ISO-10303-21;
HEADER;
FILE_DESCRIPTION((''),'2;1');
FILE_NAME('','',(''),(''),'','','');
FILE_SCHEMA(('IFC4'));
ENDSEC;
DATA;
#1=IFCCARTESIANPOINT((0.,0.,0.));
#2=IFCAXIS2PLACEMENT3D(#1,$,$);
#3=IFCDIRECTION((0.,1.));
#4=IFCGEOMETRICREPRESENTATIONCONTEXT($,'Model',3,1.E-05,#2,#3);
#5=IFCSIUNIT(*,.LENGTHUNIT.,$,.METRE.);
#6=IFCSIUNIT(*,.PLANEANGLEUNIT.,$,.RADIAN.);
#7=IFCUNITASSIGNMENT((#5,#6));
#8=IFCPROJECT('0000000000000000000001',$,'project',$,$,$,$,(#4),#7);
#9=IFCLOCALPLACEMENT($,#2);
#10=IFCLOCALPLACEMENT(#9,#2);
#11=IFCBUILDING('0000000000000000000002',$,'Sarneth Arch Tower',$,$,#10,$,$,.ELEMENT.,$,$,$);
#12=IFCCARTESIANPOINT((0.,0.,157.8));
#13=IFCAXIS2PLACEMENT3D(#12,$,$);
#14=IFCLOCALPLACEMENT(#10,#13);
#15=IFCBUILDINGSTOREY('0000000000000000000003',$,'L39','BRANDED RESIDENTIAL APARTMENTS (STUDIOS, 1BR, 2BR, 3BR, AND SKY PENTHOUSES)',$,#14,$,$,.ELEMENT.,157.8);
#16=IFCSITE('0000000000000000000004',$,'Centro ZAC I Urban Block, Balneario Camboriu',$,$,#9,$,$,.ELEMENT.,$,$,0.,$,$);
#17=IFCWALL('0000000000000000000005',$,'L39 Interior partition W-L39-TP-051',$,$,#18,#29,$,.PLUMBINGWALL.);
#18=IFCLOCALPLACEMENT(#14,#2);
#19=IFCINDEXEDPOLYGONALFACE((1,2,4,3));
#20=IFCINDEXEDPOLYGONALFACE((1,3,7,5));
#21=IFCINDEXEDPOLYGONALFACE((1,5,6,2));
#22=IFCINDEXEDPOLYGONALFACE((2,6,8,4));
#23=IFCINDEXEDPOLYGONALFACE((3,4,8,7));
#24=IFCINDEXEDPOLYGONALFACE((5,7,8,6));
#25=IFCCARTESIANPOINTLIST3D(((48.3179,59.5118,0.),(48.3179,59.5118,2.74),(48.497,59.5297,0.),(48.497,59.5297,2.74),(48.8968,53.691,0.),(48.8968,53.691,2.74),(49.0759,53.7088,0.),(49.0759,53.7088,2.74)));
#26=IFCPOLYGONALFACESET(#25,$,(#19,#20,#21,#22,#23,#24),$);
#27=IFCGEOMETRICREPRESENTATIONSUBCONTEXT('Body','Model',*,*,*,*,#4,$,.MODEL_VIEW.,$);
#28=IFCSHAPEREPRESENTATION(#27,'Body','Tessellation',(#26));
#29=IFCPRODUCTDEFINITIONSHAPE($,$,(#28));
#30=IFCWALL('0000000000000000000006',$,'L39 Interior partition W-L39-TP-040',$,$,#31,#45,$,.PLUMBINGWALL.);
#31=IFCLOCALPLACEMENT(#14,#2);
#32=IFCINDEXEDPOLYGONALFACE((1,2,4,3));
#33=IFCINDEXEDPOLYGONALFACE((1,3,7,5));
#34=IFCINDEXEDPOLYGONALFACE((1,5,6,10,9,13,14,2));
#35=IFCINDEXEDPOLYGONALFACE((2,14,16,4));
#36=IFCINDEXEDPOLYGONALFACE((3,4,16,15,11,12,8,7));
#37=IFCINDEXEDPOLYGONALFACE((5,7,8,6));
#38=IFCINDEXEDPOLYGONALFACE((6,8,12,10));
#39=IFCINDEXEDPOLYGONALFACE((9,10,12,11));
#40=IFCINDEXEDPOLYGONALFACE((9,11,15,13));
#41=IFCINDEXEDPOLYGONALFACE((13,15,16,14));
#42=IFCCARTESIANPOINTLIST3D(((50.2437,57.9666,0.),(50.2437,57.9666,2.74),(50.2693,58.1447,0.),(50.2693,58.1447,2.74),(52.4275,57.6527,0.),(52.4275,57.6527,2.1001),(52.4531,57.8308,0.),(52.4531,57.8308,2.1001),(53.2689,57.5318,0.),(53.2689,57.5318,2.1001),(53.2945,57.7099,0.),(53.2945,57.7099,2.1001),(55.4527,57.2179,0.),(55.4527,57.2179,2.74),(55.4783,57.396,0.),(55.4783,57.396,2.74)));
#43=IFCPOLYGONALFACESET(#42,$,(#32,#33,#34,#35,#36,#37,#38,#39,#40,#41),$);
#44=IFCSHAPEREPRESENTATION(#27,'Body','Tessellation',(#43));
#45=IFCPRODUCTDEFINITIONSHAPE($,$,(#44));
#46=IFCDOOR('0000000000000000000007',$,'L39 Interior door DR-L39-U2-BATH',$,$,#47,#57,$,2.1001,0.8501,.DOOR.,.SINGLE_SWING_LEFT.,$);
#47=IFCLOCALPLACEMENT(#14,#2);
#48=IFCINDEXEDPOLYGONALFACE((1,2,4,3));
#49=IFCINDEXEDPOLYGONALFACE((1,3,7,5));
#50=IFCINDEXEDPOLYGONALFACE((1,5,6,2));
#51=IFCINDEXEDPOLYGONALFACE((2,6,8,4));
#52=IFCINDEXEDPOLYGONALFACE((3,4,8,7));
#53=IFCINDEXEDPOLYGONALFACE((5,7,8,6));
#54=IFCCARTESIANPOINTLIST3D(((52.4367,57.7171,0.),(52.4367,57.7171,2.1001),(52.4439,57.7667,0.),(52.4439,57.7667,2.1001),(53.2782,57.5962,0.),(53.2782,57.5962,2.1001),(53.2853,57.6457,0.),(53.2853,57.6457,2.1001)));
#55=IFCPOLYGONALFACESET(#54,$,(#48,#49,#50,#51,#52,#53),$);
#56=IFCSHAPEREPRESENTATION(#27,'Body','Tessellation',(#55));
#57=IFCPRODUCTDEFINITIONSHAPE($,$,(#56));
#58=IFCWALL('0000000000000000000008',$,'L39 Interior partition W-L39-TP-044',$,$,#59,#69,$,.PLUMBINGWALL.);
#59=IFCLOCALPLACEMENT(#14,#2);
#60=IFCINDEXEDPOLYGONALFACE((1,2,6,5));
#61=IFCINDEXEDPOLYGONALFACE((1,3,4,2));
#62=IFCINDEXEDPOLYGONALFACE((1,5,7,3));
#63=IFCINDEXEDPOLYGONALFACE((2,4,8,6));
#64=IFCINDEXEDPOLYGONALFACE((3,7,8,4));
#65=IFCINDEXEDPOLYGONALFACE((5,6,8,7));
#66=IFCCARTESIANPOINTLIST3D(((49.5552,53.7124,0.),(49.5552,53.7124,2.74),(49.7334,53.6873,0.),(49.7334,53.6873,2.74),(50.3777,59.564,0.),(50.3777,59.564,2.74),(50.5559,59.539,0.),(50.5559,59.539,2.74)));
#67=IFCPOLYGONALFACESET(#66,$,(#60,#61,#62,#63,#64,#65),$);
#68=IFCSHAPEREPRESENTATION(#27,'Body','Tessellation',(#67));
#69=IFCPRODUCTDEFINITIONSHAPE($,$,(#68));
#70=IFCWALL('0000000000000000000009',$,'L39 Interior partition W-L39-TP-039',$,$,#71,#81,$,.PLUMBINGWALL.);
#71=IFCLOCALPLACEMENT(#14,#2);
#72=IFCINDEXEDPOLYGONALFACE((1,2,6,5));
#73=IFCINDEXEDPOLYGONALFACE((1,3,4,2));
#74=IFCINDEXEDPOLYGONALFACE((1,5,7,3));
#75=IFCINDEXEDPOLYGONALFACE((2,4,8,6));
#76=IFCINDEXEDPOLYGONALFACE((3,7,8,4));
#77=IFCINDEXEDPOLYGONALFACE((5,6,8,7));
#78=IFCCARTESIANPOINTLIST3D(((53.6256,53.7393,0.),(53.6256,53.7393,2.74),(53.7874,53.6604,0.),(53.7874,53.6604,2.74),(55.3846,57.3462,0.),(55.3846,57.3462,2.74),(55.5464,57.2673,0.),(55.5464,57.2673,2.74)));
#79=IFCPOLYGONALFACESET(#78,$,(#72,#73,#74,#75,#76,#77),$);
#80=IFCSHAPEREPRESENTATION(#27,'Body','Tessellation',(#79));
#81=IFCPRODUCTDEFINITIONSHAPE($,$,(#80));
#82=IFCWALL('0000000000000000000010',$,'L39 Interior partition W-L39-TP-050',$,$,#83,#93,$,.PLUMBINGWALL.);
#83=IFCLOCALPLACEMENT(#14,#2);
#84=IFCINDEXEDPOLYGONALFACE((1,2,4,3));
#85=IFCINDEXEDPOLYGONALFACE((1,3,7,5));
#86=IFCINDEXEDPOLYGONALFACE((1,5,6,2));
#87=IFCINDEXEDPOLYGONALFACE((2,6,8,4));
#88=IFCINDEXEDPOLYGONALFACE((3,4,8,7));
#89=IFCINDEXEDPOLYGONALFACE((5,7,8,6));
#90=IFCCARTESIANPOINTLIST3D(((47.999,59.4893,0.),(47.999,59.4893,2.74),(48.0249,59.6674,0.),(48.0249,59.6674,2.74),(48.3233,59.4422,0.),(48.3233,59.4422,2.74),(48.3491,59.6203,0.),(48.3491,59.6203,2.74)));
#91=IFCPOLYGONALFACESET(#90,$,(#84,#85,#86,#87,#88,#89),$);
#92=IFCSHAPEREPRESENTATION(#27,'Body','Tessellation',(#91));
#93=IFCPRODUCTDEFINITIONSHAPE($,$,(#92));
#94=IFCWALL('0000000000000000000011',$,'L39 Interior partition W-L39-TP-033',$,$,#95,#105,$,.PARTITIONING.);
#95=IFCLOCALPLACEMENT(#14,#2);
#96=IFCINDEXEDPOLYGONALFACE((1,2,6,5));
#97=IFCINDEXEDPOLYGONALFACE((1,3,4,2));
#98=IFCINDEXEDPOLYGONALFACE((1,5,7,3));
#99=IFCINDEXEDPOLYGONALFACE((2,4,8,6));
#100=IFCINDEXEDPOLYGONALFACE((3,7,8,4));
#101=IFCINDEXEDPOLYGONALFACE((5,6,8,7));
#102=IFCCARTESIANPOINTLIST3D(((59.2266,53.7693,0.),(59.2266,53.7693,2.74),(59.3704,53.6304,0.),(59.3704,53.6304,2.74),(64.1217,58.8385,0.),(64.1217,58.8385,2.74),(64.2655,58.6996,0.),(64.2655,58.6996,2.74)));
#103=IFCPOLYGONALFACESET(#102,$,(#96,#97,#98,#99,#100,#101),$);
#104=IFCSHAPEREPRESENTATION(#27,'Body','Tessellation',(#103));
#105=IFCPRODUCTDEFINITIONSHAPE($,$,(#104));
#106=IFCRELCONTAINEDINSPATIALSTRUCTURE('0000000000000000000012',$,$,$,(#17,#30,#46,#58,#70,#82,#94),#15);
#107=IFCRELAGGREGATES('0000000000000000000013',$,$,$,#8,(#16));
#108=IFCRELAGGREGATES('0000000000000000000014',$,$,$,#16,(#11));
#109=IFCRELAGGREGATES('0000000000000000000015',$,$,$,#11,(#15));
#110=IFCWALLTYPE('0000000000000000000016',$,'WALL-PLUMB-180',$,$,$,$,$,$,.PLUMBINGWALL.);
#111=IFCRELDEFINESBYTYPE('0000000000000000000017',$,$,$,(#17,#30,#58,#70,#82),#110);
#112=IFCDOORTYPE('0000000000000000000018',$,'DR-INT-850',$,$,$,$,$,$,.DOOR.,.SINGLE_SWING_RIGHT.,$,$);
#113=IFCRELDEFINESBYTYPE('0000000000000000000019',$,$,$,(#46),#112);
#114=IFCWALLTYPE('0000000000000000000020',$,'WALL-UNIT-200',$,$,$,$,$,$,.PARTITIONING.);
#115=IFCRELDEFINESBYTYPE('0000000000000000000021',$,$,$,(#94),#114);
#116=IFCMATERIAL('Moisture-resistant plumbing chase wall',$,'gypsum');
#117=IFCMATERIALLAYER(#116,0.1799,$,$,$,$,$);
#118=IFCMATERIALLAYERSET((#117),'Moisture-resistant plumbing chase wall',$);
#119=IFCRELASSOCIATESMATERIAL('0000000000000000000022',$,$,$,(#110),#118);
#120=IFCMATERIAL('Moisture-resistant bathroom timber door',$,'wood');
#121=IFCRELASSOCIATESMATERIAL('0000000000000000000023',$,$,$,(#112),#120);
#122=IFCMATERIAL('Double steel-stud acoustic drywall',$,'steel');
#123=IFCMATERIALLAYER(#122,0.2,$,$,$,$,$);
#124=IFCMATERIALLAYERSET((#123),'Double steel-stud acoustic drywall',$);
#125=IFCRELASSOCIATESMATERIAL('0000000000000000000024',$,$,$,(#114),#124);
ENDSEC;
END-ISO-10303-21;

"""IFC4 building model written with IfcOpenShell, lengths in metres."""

from ifc_helpers import new_model, si_unit, direction, frame, frame_2d, origin, place, context, subcontext, project, spatial, rectangle, extrude, material, layer, layer_set, type_object, element, fill, save


model = new_model("IFC4")

# Units and contexts
model_context = context("Model", 3, precision=1e-05, world=origin(), true_north=direction((0.0, 1.0)))
body_context = subcontext(model_context, "Body", "Model", "MODEL_VIEW")
ifc_project = project(units=[si_unit("LENGTHUNIT", "METRE"), si_unit("PLANEANGLEUNIT", "RADIAN")], contexts=[model_context])

# Site, building, storey
site_placement = place(None, origin())
site = spatial("IfcSite", under=ifc_project, at=site_placement, Name="Centro ZAC I Urban Block, Balneario Camboriu", CompositionType="ELEMENT", RefElevation=0.0)
building_placement = place(site_placement, origin())
building = spatial("IfcBuilding", under=site, at=building_placement, Name="Sarneth Arch Tower", CompositionType="ELEMENT")
storey_placement = place(building_placement, frame((0.0, 0.0, 157.8)))
storey = spatial("IfcBuildingStorey", under=building, at=storey_placement, Name="L39", Description="BRANDED RESIDENTIAL APARTMENTS (STUDIOS, 1BR, 2BR, 3BR, AND SKY PENTHOUSES)", CompositionType="ELEMENT", Elevation=157.8)

# Wall
ifc_material_1 = material(Name="Moisture-resistant plumbing chase wall", Category="gypsum")
ifc_layer_1 = layer(ifc_material_1, 0.1799)
ifc_layer_set_1 = layer_set([ifc_layer_1], Name="Moisture-resistant plumbing chase wall")
wall_type_1 = type_object("IfcWallType", Name="WALL-PLUMB-180", PredefinedType="PLUMBINGWALL", material=ifc_layer_set_1)
wall_1_placement = place(storey_placement, frame((48.4075, 59.5208, 0.0), z_axis=(0.0, 0.0, 1.0), x_axis=(0.098958, -0.995092, 0.0)))
element("IfcWall", 1, at=wall_1_placement, inside=storey, type_object=wall_type_1, Name="L39 Interior partition W-L39-TP-051", PredefinedType="PLUMBINGWALL", context=body_context, shape_type="SweptSolid", body=[
    extrude(rectangle(XDim=5.8496, YDim=0.1799, at=frame_2d((2.9248, 0.0))), origin(), (0.0, 0.0, 1.0), 2.74),
])

# Wall, opening, door
wall_2_placement = place(storey_placement, frame((55.4656, 57.3069, 0.0), z_axis=(0.0, 0.0, 1.0), x_axis=(-0.989826, 0.142285, 0.0)))
wall_2 = element("IfcWall", 2, at=wall_2_placement, inside=storey, type_object=wall_type_1, Name="L39 Interior partition W-L39-TP-040", PredefinedType="PLUMBINGWALL", context=body_context, shape_type="SweptSolid", body=[
    extrude(rectangle(XDim=5.2625, YDim=0.1799, at=frame_2d((2.6313, 0.0))), origin(), (0.0, 0.0, 1.0), 2.74),
])
opening_1_placement = place(wall_2_placement, frame((2.2063, 0.0, 0.0)))
opening_1 = element("IfcOpeningElement", 3, at=opening_1_placement, cuts=wall_2, PredefinedType="OPENING", context=body_context, shape_type="SweptSolid", body=[
    extrude(rectangle(XDim=0.8501, YDim=2.1001, at=frame_2d((0.425, 1.05))), frame((0.0, 0.0999, 0.0), z_axis=(0.0, -1.0, 0.0), x_axis=(1.0, 0.0, 0.0)), (0.0, 0.0, 1.0), 0.2),
])
ifc_material_2 = material(Name="Moisture-resistant bathroom timber door", Category="wood")
door_type_1 = type_object("IfcDoorType", Name="DR-INT-850", OperationType="SINGLE_SWING_RIGHT", PredefinedType="DOOR", material=ifc_material_2)
door_1_placement = place(opening_1_placement, origin())
door_1 = element("IfcDoor", 4, at=door_1_placement, inside=storey, type_object=door_type_1, Name="L39 Interior door DR-L39-U2-BATH", OperationType="SINGLE_SWING_LEFT", OverallHeight=2.1001, OverallWidth=0.8501, PredefinedType="DOOR", context=body_context, shape_type="SweptSolid", body=[
    extrude(rectangle(XDim=0.8501, YDim=2.1001, at=frame_2d((0.425, 1.05))), frame((0.0, 0.0249, 0.0), z_axis=(0.0, -1.0, 0.0), x_axis=(1.0, 0.0, 0.0)), (0.0, 0.0, 1.0), 0.05),
])
fill(opening_1, door_1)

# Walls
wall_3_placement = place(storey_placement, frame((50.4668, 59.5515, 0.0), z_axis=(0.0, 0.0, 1.0), x_axis=(-0.139194, -0.990265, 0.0)))
element("IfcWall", 5, at=wall_3_placement, inside=storey, type_object=wall_type_1, Name="L39 Interior partition W-L39-TP-044", PredefinedType="PLUMBINGWALL", context=body_context, shape_type="SweptSolid", body=[
    extrude(rectangle(XDim=5.9092, YDim=0.1799, at=frame_2d((2.9546, 0.0))), origin(), (0.0, 0.0, 1.0), 2.74),
])
wall_4_placement = place(storey_placement, frame((53.7065, 53.7, 0.0), z_axis=(0.0, 0.0, 1.0), x_axis=(0.438334, 0.898812, 0.0)))
element("IfcWall", 6, at=wall_4_placement, inside=storey, type_object=wall_type_1, Name="L39 Interior partition W-L39-TP-039", PredefinedType="PLUMBINGWALL", context=body_context, shape_type="SweptSolid", body=[
    extrude(rectangle(XDim=4.0129, YDim=0.1799, at=frame_2d((2.0063, 0.0))), origin(), (0.0, 0.0, 1.0), 2.74),
])
wall_5_placement = place(storey_placement, frame((48.012, 59.5784, 0.0), z_axis=(0.0, 0.0, 1.0), x_axis=(0.989604, -0.14382, 0.0)))
element("IfcWall", 7, at=wall_5_placement, inside=storey, type_object=wall_type_1, Name="L39 Interior partition W-L39-TP-050", PredefinedType="PLUMBINGWALL", context=body_context, shape_type="SweptSolid", body=[
    extrude(rectangle(XDim=0.3276, YDim=0.1799, at=frame_2d((0.1638, 0.0))), origin(), (0.0, 0.0, 1.0), 2.74),
])
ifc_material_3 = material(Name="Double steel-stud acoustic drywall", Category="steel")
ifc_layer_2 = layer(ifc_material_3, 0.2)
ifc_layer_set_2 = layer_set([ifc_layer_2], Name="Double steel-stud acoustic drywall")
wall_type_2 = type_object("IfcWallType", Name="WALL-UNIT-200", PredefinedType="PARTITIONING", material=ifc_layer_set_2)
wall_6_placement = place(storey_placement, frame((64.1936, 58.769, 0.0), z_axis=(0.0, 0.0, 1.0), x_axis=(-0.694648, -0.71935, 0.0)))
element("IfcWall", 8, at=wall_6_placement, inside=storey, type_object=wall_type_2, Name="L39 Interior partition W-L39-TP-033", PredefinedType="PARTITIONING", context=body_context, shape_type="SweptSolid", body=[
    extrude(rectangle(XDim=7.0469, YDim=0.2, at=frame_2d((3.5234, 0.0))), origin(), (0.0, 0.0, 1.0), 2.74),
])

save(model, "model.ifc")
